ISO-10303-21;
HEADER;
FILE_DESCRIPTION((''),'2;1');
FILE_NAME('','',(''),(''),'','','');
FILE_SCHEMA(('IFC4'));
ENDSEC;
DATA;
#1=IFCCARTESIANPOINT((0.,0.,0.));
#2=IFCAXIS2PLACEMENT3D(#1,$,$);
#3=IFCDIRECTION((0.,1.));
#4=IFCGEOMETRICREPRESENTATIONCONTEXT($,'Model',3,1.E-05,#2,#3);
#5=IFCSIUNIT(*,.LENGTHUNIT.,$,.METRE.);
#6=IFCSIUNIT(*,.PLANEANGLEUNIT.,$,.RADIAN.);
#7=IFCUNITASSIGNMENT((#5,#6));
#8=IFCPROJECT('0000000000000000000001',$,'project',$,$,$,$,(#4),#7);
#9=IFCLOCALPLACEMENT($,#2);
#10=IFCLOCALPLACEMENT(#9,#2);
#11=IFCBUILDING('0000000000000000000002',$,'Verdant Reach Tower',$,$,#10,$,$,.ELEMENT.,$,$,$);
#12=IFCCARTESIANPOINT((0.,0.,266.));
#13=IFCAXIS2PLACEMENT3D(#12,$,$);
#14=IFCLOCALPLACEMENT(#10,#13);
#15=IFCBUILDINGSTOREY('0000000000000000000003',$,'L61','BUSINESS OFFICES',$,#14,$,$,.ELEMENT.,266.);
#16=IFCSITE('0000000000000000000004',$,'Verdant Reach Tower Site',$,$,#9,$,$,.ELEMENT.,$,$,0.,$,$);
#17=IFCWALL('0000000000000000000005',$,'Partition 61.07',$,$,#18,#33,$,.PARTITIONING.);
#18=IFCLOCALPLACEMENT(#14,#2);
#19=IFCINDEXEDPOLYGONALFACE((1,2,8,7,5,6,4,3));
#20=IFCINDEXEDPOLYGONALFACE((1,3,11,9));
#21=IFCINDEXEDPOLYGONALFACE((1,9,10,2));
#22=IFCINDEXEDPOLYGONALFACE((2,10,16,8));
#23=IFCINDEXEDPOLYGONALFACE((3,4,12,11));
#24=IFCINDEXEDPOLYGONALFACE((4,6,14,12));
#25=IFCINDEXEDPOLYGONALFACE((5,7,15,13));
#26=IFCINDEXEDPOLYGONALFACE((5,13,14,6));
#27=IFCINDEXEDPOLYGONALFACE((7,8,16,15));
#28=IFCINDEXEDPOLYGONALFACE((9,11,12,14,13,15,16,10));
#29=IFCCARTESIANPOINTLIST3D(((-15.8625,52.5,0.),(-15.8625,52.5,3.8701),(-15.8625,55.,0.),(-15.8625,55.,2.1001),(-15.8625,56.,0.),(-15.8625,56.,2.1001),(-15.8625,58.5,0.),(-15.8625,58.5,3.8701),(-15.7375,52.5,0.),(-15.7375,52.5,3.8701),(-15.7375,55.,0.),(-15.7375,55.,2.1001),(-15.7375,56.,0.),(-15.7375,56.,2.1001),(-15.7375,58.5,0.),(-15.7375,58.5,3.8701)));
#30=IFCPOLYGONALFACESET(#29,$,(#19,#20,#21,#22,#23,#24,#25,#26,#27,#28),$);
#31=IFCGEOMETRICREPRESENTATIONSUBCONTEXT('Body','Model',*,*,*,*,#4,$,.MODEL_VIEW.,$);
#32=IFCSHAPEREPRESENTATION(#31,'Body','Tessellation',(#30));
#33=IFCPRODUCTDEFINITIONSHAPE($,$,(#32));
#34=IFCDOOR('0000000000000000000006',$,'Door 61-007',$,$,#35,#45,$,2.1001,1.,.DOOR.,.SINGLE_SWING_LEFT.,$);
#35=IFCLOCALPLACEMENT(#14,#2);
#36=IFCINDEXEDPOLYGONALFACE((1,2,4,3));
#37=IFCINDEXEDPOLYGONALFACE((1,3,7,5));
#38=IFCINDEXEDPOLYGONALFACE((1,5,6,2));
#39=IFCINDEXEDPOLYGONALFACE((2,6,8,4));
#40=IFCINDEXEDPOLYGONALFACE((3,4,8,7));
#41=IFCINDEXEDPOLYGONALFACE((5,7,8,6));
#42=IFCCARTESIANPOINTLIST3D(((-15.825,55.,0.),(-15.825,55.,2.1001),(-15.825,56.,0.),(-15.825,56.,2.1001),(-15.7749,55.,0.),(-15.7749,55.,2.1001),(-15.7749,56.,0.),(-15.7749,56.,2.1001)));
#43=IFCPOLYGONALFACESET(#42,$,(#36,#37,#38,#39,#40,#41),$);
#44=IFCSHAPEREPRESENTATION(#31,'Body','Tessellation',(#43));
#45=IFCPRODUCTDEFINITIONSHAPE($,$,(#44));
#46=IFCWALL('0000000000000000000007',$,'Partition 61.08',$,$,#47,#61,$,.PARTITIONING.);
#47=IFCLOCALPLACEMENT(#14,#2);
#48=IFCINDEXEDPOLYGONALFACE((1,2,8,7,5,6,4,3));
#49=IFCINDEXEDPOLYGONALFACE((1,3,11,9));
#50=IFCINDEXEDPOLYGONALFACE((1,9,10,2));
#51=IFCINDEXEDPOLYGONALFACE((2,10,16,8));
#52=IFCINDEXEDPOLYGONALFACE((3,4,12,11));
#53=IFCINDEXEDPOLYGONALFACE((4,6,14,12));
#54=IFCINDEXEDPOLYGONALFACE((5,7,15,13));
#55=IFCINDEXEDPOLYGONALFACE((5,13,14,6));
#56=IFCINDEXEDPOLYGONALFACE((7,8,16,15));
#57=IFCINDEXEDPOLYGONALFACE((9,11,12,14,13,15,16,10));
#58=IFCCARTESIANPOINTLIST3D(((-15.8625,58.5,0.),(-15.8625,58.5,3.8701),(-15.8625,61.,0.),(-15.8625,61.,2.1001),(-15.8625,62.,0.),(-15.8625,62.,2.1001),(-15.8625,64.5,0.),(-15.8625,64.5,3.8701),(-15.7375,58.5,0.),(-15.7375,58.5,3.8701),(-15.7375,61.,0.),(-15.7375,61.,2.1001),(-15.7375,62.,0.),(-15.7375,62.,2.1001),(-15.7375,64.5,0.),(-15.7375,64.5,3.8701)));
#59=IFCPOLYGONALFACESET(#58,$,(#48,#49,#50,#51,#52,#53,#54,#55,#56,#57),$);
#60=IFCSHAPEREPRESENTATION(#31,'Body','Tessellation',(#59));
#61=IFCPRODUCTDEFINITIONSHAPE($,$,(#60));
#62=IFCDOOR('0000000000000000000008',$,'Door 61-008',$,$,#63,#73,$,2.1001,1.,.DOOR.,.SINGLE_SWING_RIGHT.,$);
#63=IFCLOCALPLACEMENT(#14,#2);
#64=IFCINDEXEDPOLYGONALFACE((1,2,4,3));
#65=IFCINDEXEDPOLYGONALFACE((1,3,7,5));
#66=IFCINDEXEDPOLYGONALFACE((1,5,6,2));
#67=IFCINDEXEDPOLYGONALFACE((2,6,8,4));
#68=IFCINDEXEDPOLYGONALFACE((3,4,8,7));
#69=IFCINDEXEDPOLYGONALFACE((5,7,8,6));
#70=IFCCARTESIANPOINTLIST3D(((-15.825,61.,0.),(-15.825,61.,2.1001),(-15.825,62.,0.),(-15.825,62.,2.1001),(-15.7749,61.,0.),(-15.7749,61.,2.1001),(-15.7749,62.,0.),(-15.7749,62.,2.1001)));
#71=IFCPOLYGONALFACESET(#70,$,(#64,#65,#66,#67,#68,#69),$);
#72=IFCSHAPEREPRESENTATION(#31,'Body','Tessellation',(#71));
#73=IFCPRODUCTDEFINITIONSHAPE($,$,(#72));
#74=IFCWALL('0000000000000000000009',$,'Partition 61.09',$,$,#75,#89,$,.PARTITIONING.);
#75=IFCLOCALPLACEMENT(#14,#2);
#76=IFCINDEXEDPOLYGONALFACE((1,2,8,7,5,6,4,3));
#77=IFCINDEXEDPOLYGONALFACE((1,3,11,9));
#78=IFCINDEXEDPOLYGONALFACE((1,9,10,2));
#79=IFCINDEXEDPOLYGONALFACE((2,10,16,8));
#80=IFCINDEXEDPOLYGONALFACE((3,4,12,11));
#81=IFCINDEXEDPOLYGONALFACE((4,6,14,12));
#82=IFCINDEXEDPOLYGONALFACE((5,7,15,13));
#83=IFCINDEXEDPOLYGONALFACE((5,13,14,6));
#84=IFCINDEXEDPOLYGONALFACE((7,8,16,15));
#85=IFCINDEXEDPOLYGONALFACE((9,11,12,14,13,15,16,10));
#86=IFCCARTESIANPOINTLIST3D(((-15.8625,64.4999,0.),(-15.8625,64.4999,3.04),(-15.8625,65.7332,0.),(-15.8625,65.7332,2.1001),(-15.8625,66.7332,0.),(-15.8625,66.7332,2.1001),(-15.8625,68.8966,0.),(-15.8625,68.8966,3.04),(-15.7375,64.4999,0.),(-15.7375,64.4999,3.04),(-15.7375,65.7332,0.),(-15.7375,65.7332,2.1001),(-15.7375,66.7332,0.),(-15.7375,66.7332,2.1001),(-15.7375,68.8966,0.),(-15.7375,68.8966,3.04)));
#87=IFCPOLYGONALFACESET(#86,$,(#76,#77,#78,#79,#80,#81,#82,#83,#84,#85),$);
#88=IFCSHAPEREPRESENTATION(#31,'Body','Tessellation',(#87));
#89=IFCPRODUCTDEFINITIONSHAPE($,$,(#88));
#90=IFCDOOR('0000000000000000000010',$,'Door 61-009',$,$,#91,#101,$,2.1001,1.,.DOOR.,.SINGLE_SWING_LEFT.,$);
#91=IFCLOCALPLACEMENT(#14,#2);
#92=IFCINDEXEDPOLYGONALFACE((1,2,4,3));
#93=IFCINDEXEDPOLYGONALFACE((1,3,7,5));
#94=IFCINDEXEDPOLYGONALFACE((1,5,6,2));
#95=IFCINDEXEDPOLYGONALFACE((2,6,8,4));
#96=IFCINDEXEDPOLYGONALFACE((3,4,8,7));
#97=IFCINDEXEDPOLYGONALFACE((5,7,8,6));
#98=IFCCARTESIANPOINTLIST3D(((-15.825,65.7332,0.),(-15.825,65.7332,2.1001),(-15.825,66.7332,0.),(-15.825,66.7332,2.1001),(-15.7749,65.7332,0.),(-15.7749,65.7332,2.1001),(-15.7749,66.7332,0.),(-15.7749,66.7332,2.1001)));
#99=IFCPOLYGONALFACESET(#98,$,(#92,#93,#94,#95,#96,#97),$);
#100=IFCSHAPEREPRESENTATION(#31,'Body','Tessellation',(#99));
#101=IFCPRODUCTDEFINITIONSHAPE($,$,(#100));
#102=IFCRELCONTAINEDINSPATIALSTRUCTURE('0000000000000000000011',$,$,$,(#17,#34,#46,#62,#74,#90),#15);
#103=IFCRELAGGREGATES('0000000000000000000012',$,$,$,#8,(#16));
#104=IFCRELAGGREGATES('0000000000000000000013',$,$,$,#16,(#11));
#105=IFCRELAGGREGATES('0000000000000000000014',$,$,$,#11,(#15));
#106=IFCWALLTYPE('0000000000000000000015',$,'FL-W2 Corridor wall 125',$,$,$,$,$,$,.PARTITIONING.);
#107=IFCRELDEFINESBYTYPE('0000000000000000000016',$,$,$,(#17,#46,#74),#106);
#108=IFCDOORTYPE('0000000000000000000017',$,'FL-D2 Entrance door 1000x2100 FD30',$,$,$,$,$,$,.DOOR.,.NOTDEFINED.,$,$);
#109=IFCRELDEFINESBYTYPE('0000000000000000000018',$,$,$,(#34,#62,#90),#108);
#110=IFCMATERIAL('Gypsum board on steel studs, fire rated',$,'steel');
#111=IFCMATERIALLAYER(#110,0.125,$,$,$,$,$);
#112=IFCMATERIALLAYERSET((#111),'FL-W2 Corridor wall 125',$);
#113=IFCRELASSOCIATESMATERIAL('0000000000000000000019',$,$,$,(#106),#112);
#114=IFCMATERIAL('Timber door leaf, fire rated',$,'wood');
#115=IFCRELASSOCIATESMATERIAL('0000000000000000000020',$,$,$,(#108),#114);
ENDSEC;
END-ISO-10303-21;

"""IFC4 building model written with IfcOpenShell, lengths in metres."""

from ifc_helpers import new_model, si_unit, direction, frame, frame_2d, origin, place, context, subcontext, project, spatial, rectangle, extrude, material, layer, layer_set, type_object, element, fill, save


model = new_model("IFC4")

# Units and contexts
model_context = context("Model", 3, precision=1e-05, world=origin(), true_north=direction((0.0, 1.0)))
body_context = subcontext(model_context, "Body", "Model", "MODEL_VIEW")
ifc_project = project(units=[si_unit("LENGTHUNIT", "METRE"), si_unit("PLANEANGLEUNIT", "RADIAN")], contexts=[model_context])

# Site, building, storey
site_placement = place(None, origin())
site = spatial("IfcSite", under=ifc_project, at=site_placement, Name="Verdant Reach Tower Site", CompositionType="ELEMENT", RefElevation=0.0)
building_placement = place(site_placement, origin())
building = spatial("IfcBuilding", under=site, at=building_placement, Name="Verdant Reach Tower", CompositionType="ELEMENT")
storey_placement = place(building_placement, frame((0.0, 0.0, 266.0)))
storey = spatial("IfcBuildingStorey", under=building, at=storey_placement, Name="L61", Description="BUSINESS OFFICES", CompositionType="ELEMENT", Elevation=266.0)

# Walls, openings, doors
ifc_material_1 = material(Name="Gypsum board on steel studs, fire rated", Category="steel")
ifc_layer_1 = layer(ifc_material_1, 0.125)
ifc_layer_set_1 = layer_set([ifc_layer_1], Name="FL-W2 Corridor wall 125")
wall_type_1 = type_object("IfcWallType", Name="FL-W2 Corridor wall 125", PredefinedType="PARTITIONING", material=ifc_layer_set_1)
wall_1_placement = place(storey_placement, frame((-15.8, 52.5, 0.0), z_axis=(0.0, 0.0, 1.0), x_axis=(0.0, 1.0, 0.0)))
wall_1 = element("IfcWall", 1, at=wall_1_placement, inside=storey, type_object=wall_type_1, Name="Partition 61.07", PredefinedType="PARTITIONING", context=body_context, shape_type="SweptSolid", body=[
    extrude(rectangle(XDim=6.0, YDim=0.125, at=frame_2d((3.0, 0.0))), origin(), (0.0, 0.0, 1.0), 3.8701),
])
opening_1_placement = place(wall_1_placement, frame((2.5, 0.0, 0.0)))
opening_1 = element("IfcOpeningElement", 2, at=opening_1_placement, cuts=wall_1, PredefinedType="OPENING", context=body_context, shape_type="SweptSolid", body=[
    extrude(rectangle(XDim=1.0, YDim=2.1001, at=frame_2d((0.5, 1.05))), frame((0.0, 0.0725, 0.0), z_axis=(0.0, -1.0, 0.0), x_axis=(1.0, 0.0, 0.0)), (0.0, 0.0, 1.0), 0.145),
])
ifc_material_2 = material(Name="Timber door leaf, fire rated", Category="wood")
door_type = type_object("IfcDoorType", Name="FL-D2 Entrance door 1000x2100 FD30", OperationType="NOTDEFINED", PredefinedType="DOOR", material=ifc_material_2)
door_1_placement = place(opening_1_placement, origin())
door_1 = element("IfcDoor", 3, at=door_1_placement, inside=storey, type_object=door_type, Name="Door 61-007", OperationType="SINGLE_SWING_LEFT", OverallHeight=2.1001, OverallWidth=1.0, PredefinedType="DOOR", context=body_context, shape_type="SweptSolid", body=[
    extrude(rectangle(XDim=1.0, YDim=2.1001, at=frame_2d((0.5, 1.05))), frame((0.0, 0.0249, 0.0), z_axis=(0.0, -1.0, 0.0), x_axis=(1.0, 0.0, 0.0)), (0.0, 0.0, 1.0), 0.05),
])
fill(opening_1, door_1)
wall_2_placement = place(storey_placement, frame((-15.8, 58.5, 0.0), z_axis=(0.0, 0.0, 1.0), x_axis=(0.0, 1.0, 0.0)))
wall_2 = element("IfcWall", 4, at=wall_2_placement, inside=storey, type_object=wall_type_1, Name="Partition 61.08", PredefinedType="PARTITIONING", context=body_context, shape_type="SweptSolid", body=[
    extrude(rectangle(XDim=6.0, YDim=0.125, at=frame_2d((3.0, 0.0))), origin(), (0.0, 0.0, 1.0), 3.8701),
])
opening_2_placement = place(wall_2_placement, frame((2.5, 0.0, 0.0)))
opening_2 = element("IfcOpeningElement", 5, at=opening_2_placement, cuts=wall_2, PredefinedType="OPENING", context=body_context, shape_type="SweptSolid", body=[
    extrude(rectangle(XDim=1.0, YDim=2.1001, at=frame_2d((0.5, 1.05))), frame((0.0, 0.0725, 0.0), z_axis=(0.0, -1.0, 0.0), x_axis=(1.0, 0.0, 0.0)), (0.0, 0.0, 1.0), 0.145),
])
door_2_placement = place(opening_2_placement, origin())
door_2 = element("IfcDoor", 6, at=door_2_placement, inside=storey, type_object=door_type, Name="Door 61-008", OperationType="SINGLE_SWING_RIGHT", OverallHeight=2.1001, OverallWidth=1.0, PredefinedType="DOOR", context=body_context, shape_type="SweptSolid", body=[
    extrude(rectangle(XDim=1.0, YDim=2.1001, at=frame_2d((0.5, 1.05))), frame((0.0, 0.0249, 0.0), z_axis=(0.0, -1.0, 0.0), x_axis=(1.0, 0.0, 0.0)), (0.0, 0.0, 1.0), 0.05),
])
fill(opening_2, door_2)
wall_3_placement = place(storey_placement, frame((-15.8, 64.5, 0.0), z_axis=(0.0, 0.0, 1.0), x_axis=(0.0, 1.0, 0.0)))
wall_3 = element("IfcWall", 7, at=wall_3_placement, inside=storey, type_object=wall_type_1, Name="Partition 61.09", PredefinedType="PARTITIONING", context=body_context, shape_type="SweptSolid", body=[
    extrude(rectangle(XDim=4.3967, YDim=0.125, at=frame_2d((2.1982, 0.0))), origin(), (0.0, 0.0, 1.0), 3.04),
])
opening_3_placement = place(wall_3_placement, frame((1.2332, 0.0, 0.0)))
opening_3 = element("IfcOpeningElement", 8, at=opening_3_placement, cuts=wall_3, PredefinedType="OPENING", context=body_context, shape_type="SweptSolid", body=[
    extrude(rectangle(XDim=1.0, YDim=2.1001, at=frame_2d((0.5, 1.05))), frame((0.0, 0.0725, 0.0), z_axis=(0.0, -1.0, 0.0), x_axis=(1.0, 0.0, 0.0)), (0.0, 0.0, 1.0), 0.145),
])
door_3_placement = place(opening_3_placement, origin())
door_3 = element("IfcDoor", 9, at=door_3_placement, inside=storey, type_object=door_type, Name="Door 61-009", OperationType="SINGLE_SWING_LEFT", OverallHeight=2.1001, OverallWidth=1.0, PredefinedType="DOOR", context=body_context, shape_type="SweptSolid", body=[
    extrude(rectangle(XDim=1.0, YDim=2.1001, at=frame_2d((0.5, 1.05))), frame((0.0, 0.0249, 0.0), z_axis=(0.0, -1.0, 0.0), x_axis=(1.0, 0.0, 0.0)), (0.0, 0.0, 1.0), 0.05),
])
fill(opening_3, door_3)

save(model, "model.ifc")
